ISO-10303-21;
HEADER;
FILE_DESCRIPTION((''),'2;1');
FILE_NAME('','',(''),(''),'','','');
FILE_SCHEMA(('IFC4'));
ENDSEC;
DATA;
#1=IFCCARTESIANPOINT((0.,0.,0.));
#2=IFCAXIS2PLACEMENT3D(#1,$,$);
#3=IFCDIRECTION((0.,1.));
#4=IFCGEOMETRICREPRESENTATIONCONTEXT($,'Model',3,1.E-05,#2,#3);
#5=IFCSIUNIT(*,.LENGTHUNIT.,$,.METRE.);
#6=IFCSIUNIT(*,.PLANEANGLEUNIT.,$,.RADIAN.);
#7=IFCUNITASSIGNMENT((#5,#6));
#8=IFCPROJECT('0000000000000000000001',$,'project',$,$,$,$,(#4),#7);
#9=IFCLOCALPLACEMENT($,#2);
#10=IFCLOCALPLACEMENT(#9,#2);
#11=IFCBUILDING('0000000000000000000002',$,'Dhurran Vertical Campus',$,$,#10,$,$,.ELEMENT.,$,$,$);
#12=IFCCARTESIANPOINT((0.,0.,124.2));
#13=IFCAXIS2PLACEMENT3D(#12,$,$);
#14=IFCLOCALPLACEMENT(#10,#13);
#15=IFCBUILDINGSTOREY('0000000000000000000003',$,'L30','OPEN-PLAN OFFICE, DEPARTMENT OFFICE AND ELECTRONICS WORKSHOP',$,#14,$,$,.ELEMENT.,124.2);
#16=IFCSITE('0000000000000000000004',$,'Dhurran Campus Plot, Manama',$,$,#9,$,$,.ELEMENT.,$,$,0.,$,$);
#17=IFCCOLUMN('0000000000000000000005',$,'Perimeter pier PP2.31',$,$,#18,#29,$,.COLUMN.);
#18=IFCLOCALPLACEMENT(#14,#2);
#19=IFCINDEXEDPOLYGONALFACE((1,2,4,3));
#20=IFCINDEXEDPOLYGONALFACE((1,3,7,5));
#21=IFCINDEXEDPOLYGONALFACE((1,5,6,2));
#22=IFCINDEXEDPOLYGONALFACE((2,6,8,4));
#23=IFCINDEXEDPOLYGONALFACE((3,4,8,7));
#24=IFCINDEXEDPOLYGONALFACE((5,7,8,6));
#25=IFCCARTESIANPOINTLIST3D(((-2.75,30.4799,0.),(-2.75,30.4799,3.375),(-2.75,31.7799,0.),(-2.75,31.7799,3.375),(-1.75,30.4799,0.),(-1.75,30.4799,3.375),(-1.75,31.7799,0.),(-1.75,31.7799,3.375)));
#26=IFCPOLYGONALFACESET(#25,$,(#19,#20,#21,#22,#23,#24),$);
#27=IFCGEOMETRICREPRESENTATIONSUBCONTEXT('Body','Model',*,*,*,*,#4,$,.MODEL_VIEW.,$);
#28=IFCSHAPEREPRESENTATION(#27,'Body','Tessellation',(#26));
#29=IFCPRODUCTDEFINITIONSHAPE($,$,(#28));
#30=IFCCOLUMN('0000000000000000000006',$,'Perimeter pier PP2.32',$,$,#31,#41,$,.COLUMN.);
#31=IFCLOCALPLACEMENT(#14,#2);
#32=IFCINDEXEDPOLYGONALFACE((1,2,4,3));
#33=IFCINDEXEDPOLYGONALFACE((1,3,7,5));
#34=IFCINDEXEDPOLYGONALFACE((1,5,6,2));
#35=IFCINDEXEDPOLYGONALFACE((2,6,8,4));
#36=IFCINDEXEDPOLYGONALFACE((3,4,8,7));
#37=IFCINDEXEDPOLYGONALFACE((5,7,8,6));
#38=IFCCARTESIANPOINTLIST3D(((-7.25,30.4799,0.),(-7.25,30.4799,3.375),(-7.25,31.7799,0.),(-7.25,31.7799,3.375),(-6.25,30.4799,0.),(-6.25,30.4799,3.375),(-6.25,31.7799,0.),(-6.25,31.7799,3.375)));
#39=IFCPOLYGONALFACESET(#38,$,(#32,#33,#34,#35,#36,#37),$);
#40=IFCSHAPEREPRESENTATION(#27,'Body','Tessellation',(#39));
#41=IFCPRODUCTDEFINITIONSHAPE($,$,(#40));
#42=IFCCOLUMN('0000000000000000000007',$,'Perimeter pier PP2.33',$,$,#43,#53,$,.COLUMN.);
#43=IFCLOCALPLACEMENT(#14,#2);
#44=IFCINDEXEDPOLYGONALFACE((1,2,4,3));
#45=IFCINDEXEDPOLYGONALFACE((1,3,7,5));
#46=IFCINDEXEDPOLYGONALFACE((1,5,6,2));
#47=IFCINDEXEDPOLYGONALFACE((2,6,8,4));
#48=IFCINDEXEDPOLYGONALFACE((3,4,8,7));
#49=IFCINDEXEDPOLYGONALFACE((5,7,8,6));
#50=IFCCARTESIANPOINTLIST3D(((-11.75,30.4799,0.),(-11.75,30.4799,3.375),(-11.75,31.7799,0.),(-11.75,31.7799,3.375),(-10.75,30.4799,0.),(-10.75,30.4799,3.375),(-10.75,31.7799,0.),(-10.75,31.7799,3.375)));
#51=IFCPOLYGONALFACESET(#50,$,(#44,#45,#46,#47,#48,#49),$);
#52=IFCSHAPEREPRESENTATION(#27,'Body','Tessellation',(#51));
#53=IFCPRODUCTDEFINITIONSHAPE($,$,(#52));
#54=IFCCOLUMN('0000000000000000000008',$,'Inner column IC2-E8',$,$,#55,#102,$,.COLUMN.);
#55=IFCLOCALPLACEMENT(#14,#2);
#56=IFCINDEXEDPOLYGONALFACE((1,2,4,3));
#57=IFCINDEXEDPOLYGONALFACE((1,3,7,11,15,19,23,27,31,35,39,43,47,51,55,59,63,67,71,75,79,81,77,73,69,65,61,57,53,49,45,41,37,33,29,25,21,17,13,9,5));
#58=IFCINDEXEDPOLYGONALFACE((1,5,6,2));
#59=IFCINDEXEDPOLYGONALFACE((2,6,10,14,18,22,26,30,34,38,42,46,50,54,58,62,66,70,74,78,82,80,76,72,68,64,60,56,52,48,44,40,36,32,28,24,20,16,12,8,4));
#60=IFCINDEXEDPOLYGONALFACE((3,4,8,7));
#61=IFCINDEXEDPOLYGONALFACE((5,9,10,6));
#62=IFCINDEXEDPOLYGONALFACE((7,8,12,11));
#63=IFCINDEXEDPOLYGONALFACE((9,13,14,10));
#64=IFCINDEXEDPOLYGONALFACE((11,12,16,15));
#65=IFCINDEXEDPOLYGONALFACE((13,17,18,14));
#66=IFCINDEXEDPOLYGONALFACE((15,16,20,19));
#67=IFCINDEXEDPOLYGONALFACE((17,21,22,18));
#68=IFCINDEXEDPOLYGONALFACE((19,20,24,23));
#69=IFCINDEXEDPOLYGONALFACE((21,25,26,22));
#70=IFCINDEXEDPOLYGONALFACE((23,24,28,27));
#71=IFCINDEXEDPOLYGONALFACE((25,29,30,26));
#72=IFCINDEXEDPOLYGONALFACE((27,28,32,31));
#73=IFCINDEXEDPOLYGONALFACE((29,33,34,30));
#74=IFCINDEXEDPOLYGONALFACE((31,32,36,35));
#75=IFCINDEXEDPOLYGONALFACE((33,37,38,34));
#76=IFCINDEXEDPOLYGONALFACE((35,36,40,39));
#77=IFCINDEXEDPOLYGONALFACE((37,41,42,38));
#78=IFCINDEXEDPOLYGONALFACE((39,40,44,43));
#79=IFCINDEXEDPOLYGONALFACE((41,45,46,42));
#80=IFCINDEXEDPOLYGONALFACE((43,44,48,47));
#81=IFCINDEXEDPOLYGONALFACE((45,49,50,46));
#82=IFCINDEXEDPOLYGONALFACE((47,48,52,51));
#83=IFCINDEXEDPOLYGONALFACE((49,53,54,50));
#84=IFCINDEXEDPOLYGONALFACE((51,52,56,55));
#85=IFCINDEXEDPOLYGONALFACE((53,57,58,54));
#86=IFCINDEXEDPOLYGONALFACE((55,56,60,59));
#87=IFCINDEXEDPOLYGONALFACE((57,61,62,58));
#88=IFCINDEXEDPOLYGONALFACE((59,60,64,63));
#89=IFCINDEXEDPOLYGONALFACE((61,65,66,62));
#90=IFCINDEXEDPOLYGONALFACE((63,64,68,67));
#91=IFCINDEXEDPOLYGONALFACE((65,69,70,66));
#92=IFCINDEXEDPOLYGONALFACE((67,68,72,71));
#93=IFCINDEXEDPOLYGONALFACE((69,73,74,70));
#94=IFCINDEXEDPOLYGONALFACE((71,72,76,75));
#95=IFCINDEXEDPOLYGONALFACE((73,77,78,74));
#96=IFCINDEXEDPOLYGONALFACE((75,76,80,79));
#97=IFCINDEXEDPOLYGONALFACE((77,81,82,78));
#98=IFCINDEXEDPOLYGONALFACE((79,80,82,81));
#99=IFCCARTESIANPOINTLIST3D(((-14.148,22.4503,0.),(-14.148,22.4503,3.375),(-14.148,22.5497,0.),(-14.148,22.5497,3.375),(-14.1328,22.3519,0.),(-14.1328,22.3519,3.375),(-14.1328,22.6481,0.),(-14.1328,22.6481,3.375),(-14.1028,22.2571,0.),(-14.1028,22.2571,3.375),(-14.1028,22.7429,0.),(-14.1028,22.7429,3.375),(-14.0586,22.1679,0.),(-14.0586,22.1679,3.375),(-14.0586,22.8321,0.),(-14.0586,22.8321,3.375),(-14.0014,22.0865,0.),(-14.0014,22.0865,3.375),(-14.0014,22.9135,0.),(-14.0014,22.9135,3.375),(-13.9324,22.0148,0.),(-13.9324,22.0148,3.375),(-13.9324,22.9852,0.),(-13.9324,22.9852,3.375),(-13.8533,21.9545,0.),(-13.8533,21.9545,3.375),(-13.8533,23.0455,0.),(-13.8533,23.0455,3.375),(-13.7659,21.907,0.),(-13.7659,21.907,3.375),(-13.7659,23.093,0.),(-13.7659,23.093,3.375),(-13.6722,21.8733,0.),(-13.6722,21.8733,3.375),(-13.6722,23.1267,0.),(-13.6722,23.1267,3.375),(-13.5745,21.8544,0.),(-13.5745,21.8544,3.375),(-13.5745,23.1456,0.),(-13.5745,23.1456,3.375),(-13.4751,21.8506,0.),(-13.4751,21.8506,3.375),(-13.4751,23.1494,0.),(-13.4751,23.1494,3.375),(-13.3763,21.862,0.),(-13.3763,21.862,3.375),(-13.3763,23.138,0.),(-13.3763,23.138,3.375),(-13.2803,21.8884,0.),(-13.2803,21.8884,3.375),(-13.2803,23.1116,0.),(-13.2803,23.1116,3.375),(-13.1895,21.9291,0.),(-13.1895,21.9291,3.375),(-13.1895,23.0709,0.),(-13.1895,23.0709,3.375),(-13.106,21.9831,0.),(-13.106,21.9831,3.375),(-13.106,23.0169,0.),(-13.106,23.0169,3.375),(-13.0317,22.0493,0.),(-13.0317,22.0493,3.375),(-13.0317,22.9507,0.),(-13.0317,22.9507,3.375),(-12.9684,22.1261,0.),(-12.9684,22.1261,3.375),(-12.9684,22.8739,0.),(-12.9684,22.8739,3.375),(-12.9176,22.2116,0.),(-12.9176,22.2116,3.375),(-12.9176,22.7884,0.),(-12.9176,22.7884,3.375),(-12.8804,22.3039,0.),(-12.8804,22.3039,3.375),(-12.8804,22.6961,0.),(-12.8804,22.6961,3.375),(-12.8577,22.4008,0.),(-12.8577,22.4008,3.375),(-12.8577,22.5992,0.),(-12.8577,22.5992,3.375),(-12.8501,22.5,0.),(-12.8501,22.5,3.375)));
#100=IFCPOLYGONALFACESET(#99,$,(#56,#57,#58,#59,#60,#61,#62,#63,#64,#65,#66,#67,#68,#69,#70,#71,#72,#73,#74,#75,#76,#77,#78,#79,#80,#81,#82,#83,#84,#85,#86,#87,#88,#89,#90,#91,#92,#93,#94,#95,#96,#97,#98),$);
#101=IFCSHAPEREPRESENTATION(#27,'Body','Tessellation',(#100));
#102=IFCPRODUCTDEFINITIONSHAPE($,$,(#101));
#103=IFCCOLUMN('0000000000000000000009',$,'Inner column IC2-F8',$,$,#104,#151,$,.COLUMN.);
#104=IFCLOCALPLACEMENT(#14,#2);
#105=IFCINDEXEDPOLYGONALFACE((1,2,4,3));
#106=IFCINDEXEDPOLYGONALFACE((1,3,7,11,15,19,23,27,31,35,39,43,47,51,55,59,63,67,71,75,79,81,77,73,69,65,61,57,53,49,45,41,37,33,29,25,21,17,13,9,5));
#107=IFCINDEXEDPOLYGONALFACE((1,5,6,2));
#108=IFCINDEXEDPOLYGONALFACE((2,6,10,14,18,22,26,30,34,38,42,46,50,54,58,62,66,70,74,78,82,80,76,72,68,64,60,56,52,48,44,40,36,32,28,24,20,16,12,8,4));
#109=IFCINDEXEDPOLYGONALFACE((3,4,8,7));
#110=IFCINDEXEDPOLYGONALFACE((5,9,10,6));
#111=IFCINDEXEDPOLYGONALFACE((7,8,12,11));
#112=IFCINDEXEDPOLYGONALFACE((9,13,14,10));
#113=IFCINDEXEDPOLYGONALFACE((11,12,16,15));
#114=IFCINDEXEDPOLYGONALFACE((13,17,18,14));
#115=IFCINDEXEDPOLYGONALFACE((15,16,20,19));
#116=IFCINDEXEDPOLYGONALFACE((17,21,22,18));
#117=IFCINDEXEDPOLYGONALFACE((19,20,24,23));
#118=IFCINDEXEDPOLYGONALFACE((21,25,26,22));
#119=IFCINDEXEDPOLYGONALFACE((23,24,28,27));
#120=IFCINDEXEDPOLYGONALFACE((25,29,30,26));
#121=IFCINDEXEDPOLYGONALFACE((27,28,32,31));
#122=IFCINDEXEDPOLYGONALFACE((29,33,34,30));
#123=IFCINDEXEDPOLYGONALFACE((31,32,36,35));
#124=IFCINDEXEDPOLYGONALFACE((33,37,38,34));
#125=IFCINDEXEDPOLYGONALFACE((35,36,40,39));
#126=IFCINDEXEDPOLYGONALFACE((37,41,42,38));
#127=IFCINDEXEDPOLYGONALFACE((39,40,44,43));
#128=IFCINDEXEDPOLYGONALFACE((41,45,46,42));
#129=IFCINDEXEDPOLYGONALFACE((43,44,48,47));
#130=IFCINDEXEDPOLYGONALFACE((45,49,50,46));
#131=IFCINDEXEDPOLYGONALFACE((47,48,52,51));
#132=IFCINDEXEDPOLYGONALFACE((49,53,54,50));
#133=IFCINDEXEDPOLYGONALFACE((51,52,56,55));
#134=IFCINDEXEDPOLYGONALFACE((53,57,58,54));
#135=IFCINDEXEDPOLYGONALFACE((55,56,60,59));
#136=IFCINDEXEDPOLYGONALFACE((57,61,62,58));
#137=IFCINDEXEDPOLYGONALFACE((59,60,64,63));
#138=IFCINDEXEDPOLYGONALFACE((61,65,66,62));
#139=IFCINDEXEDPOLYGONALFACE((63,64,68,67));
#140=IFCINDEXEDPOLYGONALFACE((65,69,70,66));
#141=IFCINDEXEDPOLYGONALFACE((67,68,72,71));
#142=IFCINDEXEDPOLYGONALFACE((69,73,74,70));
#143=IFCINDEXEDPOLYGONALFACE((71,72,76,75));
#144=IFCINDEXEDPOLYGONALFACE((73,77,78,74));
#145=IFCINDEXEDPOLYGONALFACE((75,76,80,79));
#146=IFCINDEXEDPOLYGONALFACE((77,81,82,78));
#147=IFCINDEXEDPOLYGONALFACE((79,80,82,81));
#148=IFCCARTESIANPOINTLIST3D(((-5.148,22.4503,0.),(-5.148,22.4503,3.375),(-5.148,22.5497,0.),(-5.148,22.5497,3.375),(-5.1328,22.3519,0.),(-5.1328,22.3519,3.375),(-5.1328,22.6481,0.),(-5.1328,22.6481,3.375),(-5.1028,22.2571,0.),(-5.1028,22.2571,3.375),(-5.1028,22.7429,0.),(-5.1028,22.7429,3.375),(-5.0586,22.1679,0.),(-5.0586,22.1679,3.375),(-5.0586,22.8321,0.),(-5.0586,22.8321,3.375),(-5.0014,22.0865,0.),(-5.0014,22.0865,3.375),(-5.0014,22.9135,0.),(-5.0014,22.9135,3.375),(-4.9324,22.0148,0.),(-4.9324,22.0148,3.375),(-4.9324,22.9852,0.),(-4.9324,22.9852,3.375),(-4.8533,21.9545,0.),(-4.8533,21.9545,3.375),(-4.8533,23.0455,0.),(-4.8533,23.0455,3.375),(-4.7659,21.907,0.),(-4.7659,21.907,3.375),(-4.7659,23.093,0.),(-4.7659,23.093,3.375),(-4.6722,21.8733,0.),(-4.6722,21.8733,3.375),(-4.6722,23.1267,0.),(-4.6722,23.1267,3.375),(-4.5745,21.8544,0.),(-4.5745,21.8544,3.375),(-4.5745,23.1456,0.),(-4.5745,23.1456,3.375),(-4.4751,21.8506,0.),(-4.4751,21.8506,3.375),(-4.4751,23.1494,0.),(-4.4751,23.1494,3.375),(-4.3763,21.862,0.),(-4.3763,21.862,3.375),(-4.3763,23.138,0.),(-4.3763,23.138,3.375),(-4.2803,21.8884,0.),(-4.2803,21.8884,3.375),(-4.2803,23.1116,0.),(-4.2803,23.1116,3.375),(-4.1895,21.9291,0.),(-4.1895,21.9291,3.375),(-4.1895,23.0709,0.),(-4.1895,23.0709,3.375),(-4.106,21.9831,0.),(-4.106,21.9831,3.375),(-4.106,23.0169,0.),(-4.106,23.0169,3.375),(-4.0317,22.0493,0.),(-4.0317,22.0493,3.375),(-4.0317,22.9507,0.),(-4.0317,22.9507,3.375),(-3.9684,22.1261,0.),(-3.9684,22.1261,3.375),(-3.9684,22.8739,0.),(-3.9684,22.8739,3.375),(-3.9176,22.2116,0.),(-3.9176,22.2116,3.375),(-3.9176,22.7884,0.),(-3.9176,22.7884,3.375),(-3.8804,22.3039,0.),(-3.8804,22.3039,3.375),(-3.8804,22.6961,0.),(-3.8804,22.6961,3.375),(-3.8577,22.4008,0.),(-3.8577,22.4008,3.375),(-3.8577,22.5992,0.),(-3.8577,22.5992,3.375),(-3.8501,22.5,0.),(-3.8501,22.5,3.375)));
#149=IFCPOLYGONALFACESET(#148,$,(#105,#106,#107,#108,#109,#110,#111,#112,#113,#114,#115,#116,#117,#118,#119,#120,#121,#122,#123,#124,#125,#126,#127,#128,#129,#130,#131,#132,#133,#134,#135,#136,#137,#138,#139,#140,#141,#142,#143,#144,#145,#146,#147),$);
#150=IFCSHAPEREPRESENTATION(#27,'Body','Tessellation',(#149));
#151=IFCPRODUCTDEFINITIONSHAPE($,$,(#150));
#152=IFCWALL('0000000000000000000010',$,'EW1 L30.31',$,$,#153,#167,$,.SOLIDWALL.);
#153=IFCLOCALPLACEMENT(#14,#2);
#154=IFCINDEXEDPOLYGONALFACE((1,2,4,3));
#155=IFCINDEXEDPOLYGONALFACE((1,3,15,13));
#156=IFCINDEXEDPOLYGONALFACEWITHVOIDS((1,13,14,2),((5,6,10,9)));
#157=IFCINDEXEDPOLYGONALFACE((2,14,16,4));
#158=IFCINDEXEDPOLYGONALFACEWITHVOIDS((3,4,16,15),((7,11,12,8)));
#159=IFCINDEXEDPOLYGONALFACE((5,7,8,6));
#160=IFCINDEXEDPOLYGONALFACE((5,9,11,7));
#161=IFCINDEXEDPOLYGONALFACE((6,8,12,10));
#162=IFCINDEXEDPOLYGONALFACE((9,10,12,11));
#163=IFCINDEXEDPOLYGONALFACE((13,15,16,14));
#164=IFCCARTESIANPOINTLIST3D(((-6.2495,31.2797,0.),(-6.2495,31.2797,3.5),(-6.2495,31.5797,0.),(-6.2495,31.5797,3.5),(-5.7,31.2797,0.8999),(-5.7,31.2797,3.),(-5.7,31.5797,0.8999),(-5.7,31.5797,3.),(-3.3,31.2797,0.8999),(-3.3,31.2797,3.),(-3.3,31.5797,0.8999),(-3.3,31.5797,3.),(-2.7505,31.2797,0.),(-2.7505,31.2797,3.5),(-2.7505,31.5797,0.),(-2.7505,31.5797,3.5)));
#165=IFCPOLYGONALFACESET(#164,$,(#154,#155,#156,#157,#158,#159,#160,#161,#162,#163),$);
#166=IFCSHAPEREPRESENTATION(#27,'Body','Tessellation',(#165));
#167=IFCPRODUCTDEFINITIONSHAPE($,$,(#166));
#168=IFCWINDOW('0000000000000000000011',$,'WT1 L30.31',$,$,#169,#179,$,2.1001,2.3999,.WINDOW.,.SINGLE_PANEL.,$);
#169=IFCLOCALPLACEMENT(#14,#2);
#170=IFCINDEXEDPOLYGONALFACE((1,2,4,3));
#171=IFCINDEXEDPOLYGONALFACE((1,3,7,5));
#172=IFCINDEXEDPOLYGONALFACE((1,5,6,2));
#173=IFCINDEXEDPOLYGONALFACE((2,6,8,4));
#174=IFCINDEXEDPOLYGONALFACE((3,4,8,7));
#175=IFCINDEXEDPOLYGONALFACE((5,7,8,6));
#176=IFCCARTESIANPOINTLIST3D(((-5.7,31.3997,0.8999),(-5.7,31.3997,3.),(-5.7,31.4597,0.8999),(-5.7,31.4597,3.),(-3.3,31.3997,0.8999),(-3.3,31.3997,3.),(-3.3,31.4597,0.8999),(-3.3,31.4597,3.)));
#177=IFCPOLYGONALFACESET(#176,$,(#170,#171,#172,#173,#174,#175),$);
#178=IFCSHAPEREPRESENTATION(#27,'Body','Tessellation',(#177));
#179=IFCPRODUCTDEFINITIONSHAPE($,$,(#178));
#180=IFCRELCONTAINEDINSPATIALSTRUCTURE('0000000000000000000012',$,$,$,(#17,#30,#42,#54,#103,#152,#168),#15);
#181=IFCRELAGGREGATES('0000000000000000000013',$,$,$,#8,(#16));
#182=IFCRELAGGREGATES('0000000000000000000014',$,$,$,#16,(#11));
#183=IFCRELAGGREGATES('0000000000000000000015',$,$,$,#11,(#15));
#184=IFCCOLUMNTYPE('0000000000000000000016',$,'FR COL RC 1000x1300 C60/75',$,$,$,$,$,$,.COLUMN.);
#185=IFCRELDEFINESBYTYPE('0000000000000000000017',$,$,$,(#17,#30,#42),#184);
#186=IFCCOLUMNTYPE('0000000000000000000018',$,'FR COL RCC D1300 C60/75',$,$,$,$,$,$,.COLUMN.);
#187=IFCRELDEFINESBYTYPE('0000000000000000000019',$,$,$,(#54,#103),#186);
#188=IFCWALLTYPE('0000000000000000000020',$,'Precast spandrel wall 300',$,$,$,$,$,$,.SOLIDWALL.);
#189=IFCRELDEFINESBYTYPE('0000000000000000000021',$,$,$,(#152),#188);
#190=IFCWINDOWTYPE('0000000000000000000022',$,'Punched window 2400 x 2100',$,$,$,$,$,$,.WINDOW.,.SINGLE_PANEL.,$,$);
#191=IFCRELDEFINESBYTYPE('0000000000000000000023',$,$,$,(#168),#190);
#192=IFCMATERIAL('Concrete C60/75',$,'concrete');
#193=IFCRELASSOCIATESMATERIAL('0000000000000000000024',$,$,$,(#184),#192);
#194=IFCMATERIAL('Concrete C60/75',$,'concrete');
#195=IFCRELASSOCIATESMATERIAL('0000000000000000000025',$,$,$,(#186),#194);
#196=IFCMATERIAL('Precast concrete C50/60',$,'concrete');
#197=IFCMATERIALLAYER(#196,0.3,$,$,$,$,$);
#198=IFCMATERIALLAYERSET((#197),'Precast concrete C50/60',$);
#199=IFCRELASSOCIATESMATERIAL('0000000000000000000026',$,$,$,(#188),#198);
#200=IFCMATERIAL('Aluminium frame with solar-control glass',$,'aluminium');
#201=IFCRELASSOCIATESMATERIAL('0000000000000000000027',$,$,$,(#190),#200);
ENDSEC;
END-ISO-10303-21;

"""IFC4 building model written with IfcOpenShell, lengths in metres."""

from ifc_helpers import new_model, si_unit, direction, frame, frame_2d, origin, origin_2d, place, context, subcontext, project, spatial, rectangle, circle, extrude, material, layer, layer_set, material_profile, profile_set, type_object, element, fill, save


model = new_model("IFC4")

# Units and contexts
model_context = context("Model", 3, precision=1e-05, world=origin(), true_north=direction((0.0, 1.0)))
body_context = subcontext(model_context, "Body", "Model", "MODEL_VIEW")
ifc_project = project(units=[si_unit("LENGTHUNIT", "METRE"), si_unit("PLANEANGLEUNIT", "RADIAN")], contexts=[model_context])

# Site, building, storey
site_placement = place(None, origin())
site = spatial("IfcSite", under=ifc_project, at=site_placement, Name="Dhurran Campus Plot, Manama", CompositionType="ELEMENT", RefElevation=0.0)
building_placement = place(site_placement, origin())
building = spatial("IfcBuilding", under=site, at=building_placement, Name="Dhurran Vertical Campus", CompositionType="ELEMENT")
storey_placement = place(building_placement, frame((0.0, 0.0, 124.2)))
storey = spatial("IfcBuildingStorey", under=building, at=storey_placement, Name="L30", Description="OPEN-PLAN OFFICE, DEPARTMENT OFFICE AND ELECTRONICS WORKSHOP", CompositionType="ELEMENT", Elevation=124.2)

# Columns
ifc_material_1 = material(Name="Concrete C60/75", Category="concrete")
ifc_material_profile_1 = material_profile(ifc_material_1, rectangle(XDim=1.0, YDim=1.3, at=origin_2d()), Name="RC 1000x1300")
ifc_profile_set_1 = profile_set([ifc_material_profile_1], Name="Concrete C60/75")
column_type_1 = type_object("IfcColumnType", Name="FR COL RC 1000x1300 C60/75", PredefinedType="COLUMN", material=ifc_profile_set_1)
for number, where, z_axis, x_axis, name in (
    (1, (-2.25, 31.1299, 0.0), (0.0, 0.0, 1.0), (-1.0, 0.0, 0.0), "Perimeter pier PP2.31"),
    (2, (-6.75, 31.1299, 0.0), (0.0, 0.0, 1.0), (-1.0, 0.0, 0.0), "Perimeter pier PP2.32"),
    (3, (-11.25, 31.1299, 0.0), (0.0, 0.0, 1.0), (-1.0, 0.0, 0.0), "Perimeter pier PP2.33"),
):
    element("IfcColumn", number, at=place(storey_placement, frame(where, z_axis=z_axis, x_axis=x_axis)), inside=storey, type_object=column_type_1, Name=name, PredefinedType="COLUMN", context=body_context, shape_type="SweptSolid", body=[
        extrude(rectangle(XDim=1.0, YDim=1.3, at=origin_2d()), origin(), (0.0, 0.0, 1.0), 3.375),
    ])
ifc_material_2 = material(Name="Concrete C60/75", Category="concrete")
ifc_material_profile_2 = material_profile(ifc_material_2, circle(Radius=0.6499, at=origin_2d()), Name="RCC D1300")
ifc_profile_set_2 = profile_set([ifc_material_profile_2], Name="Concrete C60/75")
column_type_2 = type_object("IfcColumnType", Name="FR COL RCC D1300 C60/75", PredefinedType="COLUMN", material=ifc_profile_set_2)
for number, where, z_axis, x_axis, name in (
    (4, (-13.5, 22.5, 0.0), (0.0, 0.0, 1.0), (1.0, 0.0, 0.0), "Inner column IC2-E8"),
    (5, (-4.5, 22.5, 0.0), (0.0, 0.0, 1.0), (1.0, 0.0, 0.0), "Inner column IC2-F8"),
):
    element("IfcColumn", number, at=place(storey_placement, frame(where, z_axis=z_axis, x_axis=x_axis)), inside=storey, type_object=column_type_2, Name=name, PredefinedType="COLUMN", context=body_context, shape_type="SweptSolid", body=[
        extrude(circle(Radius=0.6499, at=origin_2d()), origin(), (0.0, 0.0, 1.0), 3.375),
    ])

# Wall, opening, window
ifc_material_3 = material(Name="Precast concrete C50/60", Category="concrete")
ifc_layer_1 = layer(ifc_material_3, 0.3)
ifc_layer_set_1 = layer_set([ifc_layer_1], Name="Precast concrete C50/60")
wall_type_1 = type_object("IfcWallType", Name="Precast spandrel wall 300", PredefinedType="SOLIDWALL", material=ifc_layer_set_1)
wall_1_placement = place(storey_placement, frame((-2.7505, 31.4297, 0.0), z_axis=(0.0, 0.0, 1.0), x_axis=(-1.0, 0.0, 0.0)))
wall_1 = element("IfcWall", 6, at=wall_1_placement, inside=storey, type_object=wall_type_1, Name="EW1 L30.31", PredefinedType="SOLIDWALL", context=body_context, shape_type="SweptSolid", body=[
    extrude(rectangle(XDim=3.499, YDim=0.3, at=frame_2d((1.7495, 0.0))), origin(), (0.0, 0.0, 1.0), 3.5),
])
opening_1_placement = place(wall_1_placement, frame((0.5496, 0.0, 0.8999)))
opening_1 = element("IfcOpeningElement", 7, at=opening_1_placement, cuts=wall_1, PredefinedType="OPENING", context=body_context, shape_type="SweptSolid", body=[
    extrude(rectangle(XDim=2.3999, YDim=2.1001, at=frame_2d((1.2, 1.05))), frame((0.0, 0.1599, 0.0), z_axis=(0.0, -1.0, 0.0), x_axis=(1.0, 0.0, 0.0)), (0.0, 0.0, 1.0), 0.3201),
])
ifc_material_4 = material(Name="Aluminium frame with solar-control glass", Category="aluminium")
window_type = type_object("IfcWindowType", Name="Punched window 2400 x 2100", PartitioningType="SINGLE_PANEL", PredefinedType="WINDOW", material=ifc_material_4)
window_1_placement = place(opening_1_placement, origin())
window_1 = element("IfcWindow", 8, at=window_1_placement, inside=storey, type_object=window_type, Name="WT1 L30.31", OverallHeight=2.1001, OverallWidth=2.3999, PartitioningType="SINGLE_PANEL", PredefinedType="WINDOW", context=body_context, shape_type="SweptSolid", body=[
    extrude(rectangle(XDim=2.3999, YDim=2.1001, at=frame_2d((1.2, 1.05))), frame((0.0, 0.03, 0.0), z_axis=(0.0, -1.0, 0.0), x_axis=(1.0, 0.0, 0.0)), (0.0, 0.0, 1.0), 0.0601),
])
fill(opening_1, window_1)

save(model, "model.ifc")
